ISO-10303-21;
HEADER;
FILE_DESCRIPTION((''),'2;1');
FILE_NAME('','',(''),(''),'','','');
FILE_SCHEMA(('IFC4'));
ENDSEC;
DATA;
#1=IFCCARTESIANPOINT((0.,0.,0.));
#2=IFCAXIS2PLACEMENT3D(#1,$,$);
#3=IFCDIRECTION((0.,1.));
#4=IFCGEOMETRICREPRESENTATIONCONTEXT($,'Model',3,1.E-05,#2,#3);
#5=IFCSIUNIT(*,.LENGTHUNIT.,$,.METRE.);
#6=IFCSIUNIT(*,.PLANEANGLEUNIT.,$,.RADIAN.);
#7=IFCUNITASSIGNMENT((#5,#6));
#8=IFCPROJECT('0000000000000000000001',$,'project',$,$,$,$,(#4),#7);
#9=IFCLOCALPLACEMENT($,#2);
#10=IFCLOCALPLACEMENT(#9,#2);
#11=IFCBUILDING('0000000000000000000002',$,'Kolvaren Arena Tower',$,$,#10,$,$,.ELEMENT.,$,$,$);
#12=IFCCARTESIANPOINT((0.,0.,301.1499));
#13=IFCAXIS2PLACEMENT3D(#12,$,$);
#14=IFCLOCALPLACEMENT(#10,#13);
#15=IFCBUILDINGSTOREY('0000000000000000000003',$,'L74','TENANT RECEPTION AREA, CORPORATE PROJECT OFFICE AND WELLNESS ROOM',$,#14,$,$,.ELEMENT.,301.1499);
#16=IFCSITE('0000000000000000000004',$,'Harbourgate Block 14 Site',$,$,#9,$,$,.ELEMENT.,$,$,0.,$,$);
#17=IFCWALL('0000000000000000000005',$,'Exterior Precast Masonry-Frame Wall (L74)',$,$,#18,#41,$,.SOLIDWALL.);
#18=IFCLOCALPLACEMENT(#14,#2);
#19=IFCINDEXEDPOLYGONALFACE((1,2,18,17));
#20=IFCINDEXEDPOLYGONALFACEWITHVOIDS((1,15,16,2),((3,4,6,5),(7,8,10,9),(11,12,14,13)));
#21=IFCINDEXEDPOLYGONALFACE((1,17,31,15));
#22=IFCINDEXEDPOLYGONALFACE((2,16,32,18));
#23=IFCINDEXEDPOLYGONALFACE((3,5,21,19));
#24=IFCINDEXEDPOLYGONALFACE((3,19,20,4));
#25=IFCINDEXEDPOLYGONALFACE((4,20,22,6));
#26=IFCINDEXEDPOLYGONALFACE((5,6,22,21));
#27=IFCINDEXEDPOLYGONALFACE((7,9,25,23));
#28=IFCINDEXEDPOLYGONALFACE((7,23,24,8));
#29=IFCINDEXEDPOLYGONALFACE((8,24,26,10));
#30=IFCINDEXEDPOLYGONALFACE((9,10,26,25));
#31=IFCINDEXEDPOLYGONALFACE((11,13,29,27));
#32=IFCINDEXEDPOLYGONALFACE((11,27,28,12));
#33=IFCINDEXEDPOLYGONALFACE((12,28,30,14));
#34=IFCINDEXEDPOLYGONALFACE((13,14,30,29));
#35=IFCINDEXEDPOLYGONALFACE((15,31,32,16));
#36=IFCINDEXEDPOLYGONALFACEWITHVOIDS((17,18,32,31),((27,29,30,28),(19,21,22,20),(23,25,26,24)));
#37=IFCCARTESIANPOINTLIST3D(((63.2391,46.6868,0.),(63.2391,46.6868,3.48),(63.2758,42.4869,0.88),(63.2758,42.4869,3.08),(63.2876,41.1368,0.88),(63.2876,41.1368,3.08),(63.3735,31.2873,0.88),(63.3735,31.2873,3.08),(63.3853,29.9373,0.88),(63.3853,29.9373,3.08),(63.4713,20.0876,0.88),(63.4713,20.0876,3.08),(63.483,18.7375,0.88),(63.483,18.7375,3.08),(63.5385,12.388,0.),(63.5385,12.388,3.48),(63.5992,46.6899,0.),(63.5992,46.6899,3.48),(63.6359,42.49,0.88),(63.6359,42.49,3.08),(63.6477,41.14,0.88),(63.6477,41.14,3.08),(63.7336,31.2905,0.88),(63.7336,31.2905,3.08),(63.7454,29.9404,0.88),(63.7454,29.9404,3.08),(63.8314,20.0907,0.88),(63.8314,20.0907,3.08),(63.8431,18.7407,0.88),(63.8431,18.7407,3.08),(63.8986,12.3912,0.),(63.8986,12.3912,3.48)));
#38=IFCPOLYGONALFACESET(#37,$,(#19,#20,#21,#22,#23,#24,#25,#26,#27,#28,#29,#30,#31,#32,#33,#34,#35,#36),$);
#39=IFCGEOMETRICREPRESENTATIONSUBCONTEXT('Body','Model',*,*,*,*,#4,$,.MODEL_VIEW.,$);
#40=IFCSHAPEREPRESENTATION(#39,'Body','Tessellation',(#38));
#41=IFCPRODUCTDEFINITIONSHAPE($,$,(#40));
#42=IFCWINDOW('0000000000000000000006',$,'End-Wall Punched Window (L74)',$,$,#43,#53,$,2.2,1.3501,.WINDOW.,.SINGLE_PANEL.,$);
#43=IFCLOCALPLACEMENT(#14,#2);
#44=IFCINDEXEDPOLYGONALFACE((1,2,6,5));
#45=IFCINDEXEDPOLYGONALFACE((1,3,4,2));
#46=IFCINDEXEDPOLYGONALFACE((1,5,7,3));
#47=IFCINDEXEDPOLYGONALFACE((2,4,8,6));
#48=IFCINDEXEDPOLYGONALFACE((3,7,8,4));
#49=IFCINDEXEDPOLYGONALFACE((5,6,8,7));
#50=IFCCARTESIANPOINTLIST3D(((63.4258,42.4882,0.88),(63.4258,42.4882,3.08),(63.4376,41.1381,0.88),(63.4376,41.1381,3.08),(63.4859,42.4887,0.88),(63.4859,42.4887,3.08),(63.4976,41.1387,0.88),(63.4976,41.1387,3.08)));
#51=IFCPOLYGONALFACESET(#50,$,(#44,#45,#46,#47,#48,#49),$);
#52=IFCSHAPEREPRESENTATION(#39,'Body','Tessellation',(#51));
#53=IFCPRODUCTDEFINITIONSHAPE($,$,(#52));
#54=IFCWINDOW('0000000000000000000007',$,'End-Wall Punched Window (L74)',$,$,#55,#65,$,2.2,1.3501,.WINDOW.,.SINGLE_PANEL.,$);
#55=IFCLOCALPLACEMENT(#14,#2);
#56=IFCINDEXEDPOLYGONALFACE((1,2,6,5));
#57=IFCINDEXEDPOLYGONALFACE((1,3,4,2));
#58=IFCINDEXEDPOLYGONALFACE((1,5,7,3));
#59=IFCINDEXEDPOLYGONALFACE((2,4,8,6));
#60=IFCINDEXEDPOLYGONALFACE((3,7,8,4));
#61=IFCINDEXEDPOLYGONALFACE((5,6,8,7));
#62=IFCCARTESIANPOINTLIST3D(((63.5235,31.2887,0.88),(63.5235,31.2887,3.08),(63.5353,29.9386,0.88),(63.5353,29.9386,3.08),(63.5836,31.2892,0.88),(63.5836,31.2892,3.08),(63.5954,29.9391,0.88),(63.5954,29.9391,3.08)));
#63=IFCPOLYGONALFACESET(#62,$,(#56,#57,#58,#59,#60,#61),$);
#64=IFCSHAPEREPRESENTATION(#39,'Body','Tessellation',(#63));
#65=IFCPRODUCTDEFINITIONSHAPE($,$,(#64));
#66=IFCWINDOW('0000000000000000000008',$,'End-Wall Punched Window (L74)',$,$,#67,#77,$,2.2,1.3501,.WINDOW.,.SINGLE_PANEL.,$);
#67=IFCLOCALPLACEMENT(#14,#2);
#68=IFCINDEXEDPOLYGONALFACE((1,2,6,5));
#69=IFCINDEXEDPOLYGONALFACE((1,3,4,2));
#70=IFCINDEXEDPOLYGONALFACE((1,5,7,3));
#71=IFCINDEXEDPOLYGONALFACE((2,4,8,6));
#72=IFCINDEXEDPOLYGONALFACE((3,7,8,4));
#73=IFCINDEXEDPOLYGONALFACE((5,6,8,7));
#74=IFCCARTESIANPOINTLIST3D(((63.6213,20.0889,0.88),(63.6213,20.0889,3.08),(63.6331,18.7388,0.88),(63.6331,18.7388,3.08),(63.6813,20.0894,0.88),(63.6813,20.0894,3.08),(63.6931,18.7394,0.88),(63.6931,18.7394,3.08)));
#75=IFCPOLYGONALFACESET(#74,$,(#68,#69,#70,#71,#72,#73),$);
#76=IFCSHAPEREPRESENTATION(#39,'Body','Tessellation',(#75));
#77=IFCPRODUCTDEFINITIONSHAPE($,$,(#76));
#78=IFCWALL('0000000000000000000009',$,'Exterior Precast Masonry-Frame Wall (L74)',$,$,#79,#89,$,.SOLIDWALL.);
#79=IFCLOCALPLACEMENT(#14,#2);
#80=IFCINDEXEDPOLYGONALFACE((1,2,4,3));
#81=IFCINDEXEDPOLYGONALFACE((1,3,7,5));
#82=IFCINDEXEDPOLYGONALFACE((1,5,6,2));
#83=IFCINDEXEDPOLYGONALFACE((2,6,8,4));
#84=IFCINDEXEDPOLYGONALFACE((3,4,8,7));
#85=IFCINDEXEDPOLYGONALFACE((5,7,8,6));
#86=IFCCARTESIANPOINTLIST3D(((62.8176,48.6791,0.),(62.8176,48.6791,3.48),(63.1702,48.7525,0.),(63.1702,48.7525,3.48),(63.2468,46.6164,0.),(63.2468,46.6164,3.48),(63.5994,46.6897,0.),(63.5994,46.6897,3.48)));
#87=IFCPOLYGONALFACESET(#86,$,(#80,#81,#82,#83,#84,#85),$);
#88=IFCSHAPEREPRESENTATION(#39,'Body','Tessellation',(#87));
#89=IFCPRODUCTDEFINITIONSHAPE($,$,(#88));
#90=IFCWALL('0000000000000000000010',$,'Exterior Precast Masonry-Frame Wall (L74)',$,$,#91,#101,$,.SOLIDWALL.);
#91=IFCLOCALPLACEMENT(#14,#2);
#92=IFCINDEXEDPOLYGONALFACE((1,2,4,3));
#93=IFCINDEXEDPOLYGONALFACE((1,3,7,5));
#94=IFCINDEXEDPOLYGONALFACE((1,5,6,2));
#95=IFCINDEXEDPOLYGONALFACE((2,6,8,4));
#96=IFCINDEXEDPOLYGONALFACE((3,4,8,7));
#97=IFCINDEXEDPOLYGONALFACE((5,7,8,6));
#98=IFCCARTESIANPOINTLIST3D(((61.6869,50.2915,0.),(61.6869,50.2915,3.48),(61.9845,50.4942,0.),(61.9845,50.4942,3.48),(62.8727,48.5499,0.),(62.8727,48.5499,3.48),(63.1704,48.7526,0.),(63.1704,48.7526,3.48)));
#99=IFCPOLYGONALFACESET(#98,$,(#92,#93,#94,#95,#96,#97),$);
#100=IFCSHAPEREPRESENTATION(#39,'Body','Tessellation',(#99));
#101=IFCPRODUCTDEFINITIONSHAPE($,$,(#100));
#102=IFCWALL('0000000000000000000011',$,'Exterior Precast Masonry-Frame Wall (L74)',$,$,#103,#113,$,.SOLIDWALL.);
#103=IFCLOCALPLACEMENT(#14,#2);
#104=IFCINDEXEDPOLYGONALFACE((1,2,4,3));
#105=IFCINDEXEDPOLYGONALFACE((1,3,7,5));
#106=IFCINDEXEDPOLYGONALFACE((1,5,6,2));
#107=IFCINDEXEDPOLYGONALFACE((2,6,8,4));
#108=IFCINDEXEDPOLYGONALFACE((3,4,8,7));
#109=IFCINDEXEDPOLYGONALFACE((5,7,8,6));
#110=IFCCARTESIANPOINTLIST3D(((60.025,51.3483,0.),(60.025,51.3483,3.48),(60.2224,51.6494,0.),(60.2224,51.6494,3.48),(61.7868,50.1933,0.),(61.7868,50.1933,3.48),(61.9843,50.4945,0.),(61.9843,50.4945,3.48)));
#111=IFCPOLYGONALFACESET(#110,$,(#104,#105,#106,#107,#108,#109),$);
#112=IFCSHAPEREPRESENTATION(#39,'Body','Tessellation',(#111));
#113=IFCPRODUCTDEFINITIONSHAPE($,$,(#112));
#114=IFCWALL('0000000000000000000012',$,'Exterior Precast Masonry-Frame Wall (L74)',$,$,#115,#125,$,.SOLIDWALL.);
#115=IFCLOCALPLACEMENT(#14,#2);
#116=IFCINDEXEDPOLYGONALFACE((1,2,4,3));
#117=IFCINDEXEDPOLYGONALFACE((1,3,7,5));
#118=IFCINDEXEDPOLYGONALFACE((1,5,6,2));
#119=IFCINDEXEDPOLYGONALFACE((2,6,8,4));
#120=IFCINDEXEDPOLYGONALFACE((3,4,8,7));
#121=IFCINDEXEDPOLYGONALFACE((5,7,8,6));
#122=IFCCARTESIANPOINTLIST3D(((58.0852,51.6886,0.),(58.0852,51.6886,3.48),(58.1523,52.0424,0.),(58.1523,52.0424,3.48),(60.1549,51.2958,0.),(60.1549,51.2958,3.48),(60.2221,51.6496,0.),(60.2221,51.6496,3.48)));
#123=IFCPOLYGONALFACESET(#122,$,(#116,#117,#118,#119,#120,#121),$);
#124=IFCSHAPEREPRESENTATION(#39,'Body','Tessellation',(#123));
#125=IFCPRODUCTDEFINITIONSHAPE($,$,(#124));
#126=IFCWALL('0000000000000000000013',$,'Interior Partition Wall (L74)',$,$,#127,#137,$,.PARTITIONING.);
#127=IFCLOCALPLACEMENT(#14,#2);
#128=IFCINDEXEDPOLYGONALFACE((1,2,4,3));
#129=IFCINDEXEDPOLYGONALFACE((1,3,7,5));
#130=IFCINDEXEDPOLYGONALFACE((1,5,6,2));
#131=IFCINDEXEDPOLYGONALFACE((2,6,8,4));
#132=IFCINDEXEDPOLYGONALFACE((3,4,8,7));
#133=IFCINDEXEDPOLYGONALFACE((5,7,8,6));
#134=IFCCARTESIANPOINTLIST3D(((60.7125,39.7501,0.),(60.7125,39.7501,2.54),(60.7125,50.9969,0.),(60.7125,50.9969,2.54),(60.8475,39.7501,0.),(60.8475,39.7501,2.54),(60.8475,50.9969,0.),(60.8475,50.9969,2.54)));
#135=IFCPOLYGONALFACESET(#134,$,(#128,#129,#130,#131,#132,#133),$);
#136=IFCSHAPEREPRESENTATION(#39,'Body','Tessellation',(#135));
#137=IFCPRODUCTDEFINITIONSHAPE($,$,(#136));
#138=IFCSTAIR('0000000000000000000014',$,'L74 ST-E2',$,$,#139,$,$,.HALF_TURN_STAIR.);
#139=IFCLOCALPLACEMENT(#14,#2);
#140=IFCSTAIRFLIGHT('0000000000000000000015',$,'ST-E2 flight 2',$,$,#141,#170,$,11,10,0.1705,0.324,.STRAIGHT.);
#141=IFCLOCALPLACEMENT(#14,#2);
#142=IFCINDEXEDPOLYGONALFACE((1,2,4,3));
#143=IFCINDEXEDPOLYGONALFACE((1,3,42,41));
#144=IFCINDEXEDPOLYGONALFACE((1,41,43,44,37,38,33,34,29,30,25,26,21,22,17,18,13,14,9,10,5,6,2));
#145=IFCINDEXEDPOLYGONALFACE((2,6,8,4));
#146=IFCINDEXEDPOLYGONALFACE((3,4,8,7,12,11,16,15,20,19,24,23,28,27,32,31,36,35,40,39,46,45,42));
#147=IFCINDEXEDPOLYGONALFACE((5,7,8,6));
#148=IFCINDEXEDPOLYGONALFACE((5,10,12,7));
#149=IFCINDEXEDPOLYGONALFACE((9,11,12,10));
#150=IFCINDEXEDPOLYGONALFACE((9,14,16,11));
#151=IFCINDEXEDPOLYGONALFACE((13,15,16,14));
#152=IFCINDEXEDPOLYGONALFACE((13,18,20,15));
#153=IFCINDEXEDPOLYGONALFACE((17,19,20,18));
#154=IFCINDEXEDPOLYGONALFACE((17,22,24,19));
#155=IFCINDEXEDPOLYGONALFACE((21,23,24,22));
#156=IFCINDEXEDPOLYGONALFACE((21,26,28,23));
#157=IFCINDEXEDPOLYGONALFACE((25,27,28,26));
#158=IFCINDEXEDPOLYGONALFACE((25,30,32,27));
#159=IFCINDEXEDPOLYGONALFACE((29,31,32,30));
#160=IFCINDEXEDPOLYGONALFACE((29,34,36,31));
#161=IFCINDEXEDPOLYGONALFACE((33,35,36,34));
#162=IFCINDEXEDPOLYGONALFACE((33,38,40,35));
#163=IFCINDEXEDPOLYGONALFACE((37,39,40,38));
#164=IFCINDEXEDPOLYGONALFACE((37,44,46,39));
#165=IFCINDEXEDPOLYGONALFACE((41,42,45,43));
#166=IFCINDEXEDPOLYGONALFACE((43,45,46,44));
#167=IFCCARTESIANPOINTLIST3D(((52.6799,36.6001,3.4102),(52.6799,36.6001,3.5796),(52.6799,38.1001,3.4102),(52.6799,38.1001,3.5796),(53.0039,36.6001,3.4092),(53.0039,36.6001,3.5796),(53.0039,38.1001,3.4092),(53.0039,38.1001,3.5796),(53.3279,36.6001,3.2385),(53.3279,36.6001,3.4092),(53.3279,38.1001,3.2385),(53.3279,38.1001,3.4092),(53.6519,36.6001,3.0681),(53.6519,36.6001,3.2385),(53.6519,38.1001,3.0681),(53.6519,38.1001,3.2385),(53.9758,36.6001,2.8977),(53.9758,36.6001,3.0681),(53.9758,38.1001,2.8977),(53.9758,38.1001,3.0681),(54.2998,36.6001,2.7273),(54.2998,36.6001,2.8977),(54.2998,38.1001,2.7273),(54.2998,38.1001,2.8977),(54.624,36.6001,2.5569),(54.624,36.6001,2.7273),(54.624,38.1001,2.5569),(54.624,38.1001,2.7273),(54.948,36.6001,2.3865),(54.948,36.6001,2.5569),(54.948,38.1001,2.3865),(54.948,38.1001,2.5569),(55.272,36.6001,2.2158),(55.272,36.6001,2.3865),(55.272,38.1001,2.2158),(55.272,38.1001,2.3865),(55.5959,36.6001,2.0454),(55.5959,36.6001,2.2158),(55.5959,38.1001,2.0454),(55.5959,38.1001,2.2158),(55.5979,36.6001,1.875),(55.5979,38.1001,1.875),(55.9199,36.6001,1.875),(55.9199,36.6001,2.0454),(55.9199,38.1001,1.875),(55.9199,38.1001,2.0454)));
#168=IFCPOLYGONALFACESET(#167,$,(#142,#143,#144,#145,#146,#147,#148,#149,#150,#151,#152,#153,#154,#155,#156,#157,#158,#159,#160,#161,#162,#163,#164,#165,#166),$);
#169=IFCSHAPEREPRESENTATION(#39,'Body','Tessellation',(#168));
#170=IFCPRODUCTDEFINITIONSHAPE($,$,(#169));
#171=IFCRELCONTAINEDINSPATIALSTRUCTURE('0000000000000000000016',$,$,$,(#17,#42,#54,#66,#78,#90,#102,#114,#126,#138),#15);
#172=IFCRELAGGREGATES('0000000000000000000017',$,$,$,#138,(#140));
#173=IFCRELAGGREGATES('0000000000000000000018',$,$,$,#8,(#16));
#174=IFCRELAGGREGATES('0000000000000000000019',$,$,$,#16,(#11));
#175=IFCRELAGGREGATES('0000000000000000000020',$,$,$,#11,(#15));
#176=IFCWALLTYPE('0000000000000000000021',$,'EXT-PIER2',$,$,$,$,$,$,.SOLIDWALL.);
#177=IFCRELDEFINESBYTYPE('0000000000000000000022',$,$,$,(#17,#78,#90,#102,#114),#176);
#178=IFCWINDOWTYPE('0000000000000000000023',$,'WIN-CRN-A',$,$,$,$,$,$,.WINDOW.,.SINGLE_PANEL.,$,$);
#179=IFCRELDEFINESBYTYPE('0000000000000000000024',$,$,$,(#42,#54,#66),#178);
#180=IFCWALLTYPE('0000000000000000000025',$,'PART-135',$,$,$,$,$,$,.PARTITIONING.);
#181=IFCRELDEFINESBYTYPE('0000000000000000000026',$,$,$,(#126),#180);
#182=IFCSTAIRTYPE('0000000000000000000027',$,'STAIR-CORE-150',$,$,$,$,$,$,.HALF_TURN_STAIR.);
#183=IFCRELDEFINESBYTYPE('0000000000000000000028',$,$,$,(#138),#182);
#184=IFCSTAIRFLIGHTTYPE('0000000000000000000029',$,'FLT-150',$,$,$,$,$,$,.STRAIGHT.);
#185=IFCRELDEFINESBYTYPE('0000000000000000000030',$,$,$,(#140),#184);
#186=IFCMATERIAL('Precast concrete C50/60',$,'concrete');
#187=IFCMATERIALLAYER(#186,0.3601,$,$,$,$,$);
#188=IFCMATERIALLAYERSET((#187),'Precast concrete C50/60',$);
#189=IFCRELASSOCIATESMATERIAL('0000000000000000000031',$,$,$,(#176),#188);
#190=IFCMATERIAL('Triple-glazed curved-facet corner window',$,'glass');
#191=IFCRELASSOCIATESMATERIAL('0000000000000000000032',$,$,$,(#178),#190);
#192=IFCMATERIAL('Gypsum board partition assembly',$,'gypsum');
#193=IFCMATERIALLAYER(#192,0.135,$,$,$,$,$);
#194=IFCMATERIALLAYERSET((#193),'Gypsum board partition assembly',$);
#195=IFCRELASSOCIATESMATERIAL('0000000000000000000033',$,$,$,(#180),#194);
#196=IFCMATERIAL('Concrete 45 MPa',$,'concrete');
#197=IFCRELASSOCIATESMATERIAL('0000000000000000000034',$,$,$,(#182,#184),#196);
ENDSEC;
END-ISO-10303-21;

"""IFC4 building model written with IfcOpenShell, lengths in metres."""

from ifc_helpers import new_model, si_unit, direction, frame, frame_2d, origin, place, context, subcontext, project, spatial, polyline, rectangle, outline, extrude, material, layer, layer_set, type_object, element, fill, aggregate, save


model = new_model("IFC4")

# Units and contexts
model_context = context("Model", 3, precision=1e-05, world=origin(), true_north=direction((0.0, 1.0)))
body_context = subcontext(model_context, "Body", "Model", "MODEL_VIEW")
ifc_project = project(units=[si_unit("LENGTHUNIT", "METRE"), si_unit("PLANEANGLEUNIT", "RADIAN")], contexts=[model_context])

# Site, building, storey
site_placement = place(None, origin())
site = spatial("IfcSite", under=ifc_project, at=site_placement, Name="Harbourgate Block 14 Site", CompositionType="ELEMENT", RefElevation=0.0)
building_placement = place(site_placement, origin())
building = spatial("IfcBuilding", under=site, at=building_placement, Name="Kolvaren Arena Tower", CompositionType="ELEMENT")
storey_placement = place(building_placement, frame((0.0, 0.0, 301.1499)))
storey = spatial("IfcBuildingStorey", under=building, at=storey_placement, Name="L74", Description="TENANT RECEPTION AREA, CORPORATE PROJECT OFFICE AND WELLNESS ROOM", CompositionType="ELEMENT", Elevation=301.1499)

# Shared definitions
ifc_material_1 = material(Name="Precast concrete C50/60", Category="concrete")

# Wall, openings, windows
ifc_layer_1 = layer(ifc_material_1, 0.3601)
ifc_layer_set_1 = layer_set([ifc_layer_1], Name="Precast concrete C50/60")
wall_type_1 = type_object("IfcWallType", Name="EXT-PIER2", PredefinedType="SOLIDWALL", material=ifc_layer_set_1)
wall_1_placement = place(storey_placement, frame((63.4192, 46.6882, 0.0), z_axis=(0.0, 0.0, 1.0), x_axis=(0.008726, -0.999962, 0.0)))
wall_1 = element("IfcWall", 1, at=wall_1_placement, inside=storey, type_object=wall_type_1, Name="Exterior Precast Masonry-Frame Wall (L74)", PredefinedType="SOLIDWALL", context=body_context, shape_type="SweptSolid", body=[
    extrude(rectangle(XDim=34.3, YDim=0.3601, at=frame_2d((17.1499, 0.0))), origin(), (0.0, 0.0, 1.0), 3.48),
])
opening_1_placement = place(wall_1_placement, frame((4.2, 0.0, 0.8799)))
opening_1 = element("IfcOpeningElement", 2, at=opening_1_placement, cuts=wall_1, PredefinedType="OPENING", context=body_context, shape_type="SweptSolid", body=[
    extrude(rectangle(XDim=1.3501, YDim=2.2, at=frame_2d((0.675, 1.1001))), frame((0.0, 0.1899, 0.0), z_axis=(0.0, -1.0, 0.0), x_axis=(1.0, 0.0, 0.0)), (0.0, 0.0, 1.0), 0.3801),
])
opening_2_placement = place(wall_1_placement, frame((15.3999, 0.0, 0.8799)))
opening_2 = element("IfcOpeningElement", 3, at=opening_2_placement, cuts=wall_1, PredefinedType="OPENING", context=body_context, shape_type="SweptSolid", body=[
    extrude(rectangle(XDim=1.3501, YDim=2.2, at=frame_2d((0.675, 1.1001))), frame((0.0, 0.1899, 0.0), z_axis=(0.0, -1.0, 0.0), x_axis=(1.0, 0.0, 0.0)), (0.0, 0.0, 1.0), 0.3801),
])
opening_3_placement = place(wall_1_placement, frame((26.6001, 0.0, 0.8799)))
opening_3 = element("IfcOpeningElement", 4, at=opening_3_placement, cuts=wall_1, PredefinedType="OPENING", context=body_context, shape_type="SweptSolid", body=[
    extrude(rectangle(XDim=1.3501, YDim=2.2, at=frame_2d((0.675, 1.1001))), frame((0.0, 0.1899, 0.0), z_axis=(0.0, -1.0, 0.0), x_axis=(1.0, 0.0, 0.0)), (0.0, 0.0, 1.0), 0.3801),
])
ifc_material_2 = material(Name="Triple-glazed curved-facet corner window", Category="glass")
window_type = type_object("IfcWindowType", Name="WIN-CRN-A", PartitioningType="SINGLE_PANEL", PredefinedType="WINDOW", material=ifc_material_2)
window_1_placement = place(opening_1_placement, origin())
window_1 = element("IfcWindow", 5, at=window_1_placement, inside=storey, type_object=window_type, Name="End-Wall Punched Window (L74)", OverallHeight=2.2, OverallWidth=1.3501, PartitioningType="SINGLE_PANEL", PredefinedType="WINDOW", context=body_context, shape_type="SweptSolid", body=[
    extrude(rectangle(XDim=1.3501, YDim=2.2, at=frame_2d((0.675, 1.1001))), frame((0.0, 0.03, 0.0), z_axis=(0.0, -1.0, 0.0), x_axis=(1.0, 0.0, 0.0)), (0.0, 0.0, 1.0), 0.0601),
])
fill(opening_1, window_1)
window_2_placement = place(opening_2_placement, origin())
window_2 = element("IfcWindow", 6, at=window_2_placement, inside=storey, type_object=window_type, Name="End-Wall Punched Window (L74)", OverallHeight=2.2, OverallWidth=1.3501, PartitioningType="SINGLE_PANEL", PredefinedType="WINDOW", context=body_context, shape_type="SweptSolid", body=[
    extrude(rectangle(XDim=1.3501, YDim=2.2, at=frame_2d((0.675, 1.1001))), frame((0.0, 0.03, 0.0), z_axis=(0.0, -1.0, 0.0), x_axis=(1.0, 0.0, 0.0)), (0.0, 0.0, 1.0), 0.0601),
])
fill(opening_2, window_2)
window_3_placement = place(opening_3_placement, origin())
window_3 = element("IfcWindow", 7, at=window_3_placement, inside=storey, type_object=window_type, Name="End-Wall Punched Window (L74)", OverallHeight=2.2, OverallWidth=1.3501, PartitioningType="SINGLE_PANEL", PredefinedType="WINDOW", context=body_context, shape_type="SweptSolid", body=[
    extrude(rectangle(XDim=1.3501, YDim=2.2, at=frame_2d((0.675, 1.1001))), frame((0.0, 0.03, 0.0), z_axis=(0.0, -1.0, 0.0), x_axis=(1.0, 0.0, 0.0)), (0.0, 0.0, 1.0), 0.0601),
])
fill(opening_3, window_3)

# Walls
for number, where, z_axis, x_axis, name in (
    (8, (62.9939, 48.7158, 0.0), (0.0, 0.0, 1.0), (0.203709, -0.979031, 0.0), "Exterior Precast Masonry-Frame Wall (L74)"),
    (9, (61.8357, 50.3928, 0.0), (0.0, 0.0, 1.0), (0.56283, -0.826573, 0.0), "Exterior Precast Masonry-Frame Wall (L74)"),
):
    element("IfcWall", number, at=place(storey_placement, frame(where, z_axis=z_axis, x_axis=x_axis)), inside=storey, type_object=wall_type_1, Name=name, PredefinedType="SOLIDWALL", context=body_context, shape_type="SweptSolid", body=[
        extrude(rectangle(XDim=2.1069, YDim=0.3601, at=frame_2d((1.0535, 0.0))), origin(), (0.0, 0.0, 1.0), 3.48),
    ])
for number, where, z_axis, x_axis, name in (
    (10, (60.1238, 51.4988, 0.0), (0.0, 0.0, 1.0), (0.836322, -0.548239, 0.0), "Exterior Precast Masonry-Frame Wall (L74)"),
    (11, (58.1189, 51.8655, 0.0), (0.0, 0.0, 1.0), (0.982463, -0.186457, 0.0), "Exterior Precast Masonry-Frame Wall (L74)"),
):
    element("IfcWall", number, at=place(storey_placement, frame(where, z_axis=z_axis, x_axis=x_axis)), inside=storey, type_object=wall_type_1, Name=name, PredefinedType="SOLIDWALL", context=body_context, shape_type="SweptSolid", body=[
        extrude(rectangle(XDim=2.1067, YDim=0.3601, at=frame_2d((1.0532, 0.0))), origin(), (0.0, 0.0, 1.0), 3.48),
    ])
ifc_material_3 = material(Name="Gypsum board partition assembly", Category="gypsum")
ifc_layer_2 = layer(ifc_material_3, 0.135)
ifc_layer_set_2 = layer_set([ifc_layer_2], Name="Gypsum board partition assembly")
wall_type_2 = type_object("IfcWallType", Name="PART-135", PredefinedType="PARTITIONING", material=ifc_layer_set_2)
wall_2_placement = place(storey_placement, frame((60.78, 39.75, 0.0), z_axis=(0.0, 0.0, 1.0), x_axis=(0.0, 1.0, 0.0)))
element("IfcWall", 12, at=wall_2_placement, inside=storey, type_object=wall_type_2, Name="Interior Partition Wall (L74)", PredefinedType="PARTITIONING", context=body_context, shape_type="SweptSolid", body=[
    extrude(rectangle(XDim=11.2468, YDim=0.135, at=frame_2d((5.6235, 0.0))), origin(), (0.0, 0.0, 1.0), 2.54),
])

# Stair, stair flight
ifc_material_4 = material(Name="Concrete 45 MPa", Category="concrete")
stair_type = type_object("IfcStairType", Name="STAIR-CORE-150", PredefinedType="HALF_TURN_STAIR", material=ifc_material_4)
stair_placement = place(storey_placement, origin())
stair = element("IfcStair", 13, at=stair_placement, inside=storey, type_object=stair_type, Name="L74 ST-E2", PredefinedType="HALF_TURN_STAIR")
stair_flight_type = type_object("IfcStairFlightType", Name="FLT-150", PredefinedType="STRAIGHT", material=ifc_material_4)
stair_flight_placement = place(storey_placement, frame((55.9199, 37.3501, 1.875), z_axis=(0.0, 0.0, 1.0), x_axis=(-1.0, 0.0, 0.0)))
stair_flight = element("IfcStairFlight", 14, at=stair_flight_placement, type_object=stair_flight_type, Name="ST-E2 flight 2", NumberOfRisers=11, NumberOfTreads=10, PredefinedType="STRAIGHT", RiserHeight=0.1705, TreadLength=0.324, context=body_context, shape_type="SweptSolid", body=[
    extrude(outline(polyline([(0.0, 0.0), (0.0, 0.1704), (0.324, 0.1704), (0.324, 0.3408), (0.6479, 0.3408), (0.6479, 0.5115), (0.9719, 0.5115), (0.9719, 0.6819), (1.2959, 0.6819), (1.2959, 0.8523), (1.6201, 0.8523), (1.6201, 1.0227), (1.9441, 1.0227), (1.9441, 1.1931), (2.2681, 1.1931), (2.2681, 1.3635), (2.592, 1.3635), (2.592, 1.5342), (2.916, 1.5342), (2.916, 1.7046), (3.24, 1.7046), (3.24, 1.875), (3.24, 1.5352), (0.322, 0.0), (0.0, 0.0)])), frame((0.0, 0.75, 0.0), z_axis=(0.0, -1.0, 0.0), x_axis=(1.0, 0.0, 0.0)), (0.0, 0.0, 1.0), 1.5),
])
aggregate(stair, [stair_flight])

save(model, "model.ifc")
